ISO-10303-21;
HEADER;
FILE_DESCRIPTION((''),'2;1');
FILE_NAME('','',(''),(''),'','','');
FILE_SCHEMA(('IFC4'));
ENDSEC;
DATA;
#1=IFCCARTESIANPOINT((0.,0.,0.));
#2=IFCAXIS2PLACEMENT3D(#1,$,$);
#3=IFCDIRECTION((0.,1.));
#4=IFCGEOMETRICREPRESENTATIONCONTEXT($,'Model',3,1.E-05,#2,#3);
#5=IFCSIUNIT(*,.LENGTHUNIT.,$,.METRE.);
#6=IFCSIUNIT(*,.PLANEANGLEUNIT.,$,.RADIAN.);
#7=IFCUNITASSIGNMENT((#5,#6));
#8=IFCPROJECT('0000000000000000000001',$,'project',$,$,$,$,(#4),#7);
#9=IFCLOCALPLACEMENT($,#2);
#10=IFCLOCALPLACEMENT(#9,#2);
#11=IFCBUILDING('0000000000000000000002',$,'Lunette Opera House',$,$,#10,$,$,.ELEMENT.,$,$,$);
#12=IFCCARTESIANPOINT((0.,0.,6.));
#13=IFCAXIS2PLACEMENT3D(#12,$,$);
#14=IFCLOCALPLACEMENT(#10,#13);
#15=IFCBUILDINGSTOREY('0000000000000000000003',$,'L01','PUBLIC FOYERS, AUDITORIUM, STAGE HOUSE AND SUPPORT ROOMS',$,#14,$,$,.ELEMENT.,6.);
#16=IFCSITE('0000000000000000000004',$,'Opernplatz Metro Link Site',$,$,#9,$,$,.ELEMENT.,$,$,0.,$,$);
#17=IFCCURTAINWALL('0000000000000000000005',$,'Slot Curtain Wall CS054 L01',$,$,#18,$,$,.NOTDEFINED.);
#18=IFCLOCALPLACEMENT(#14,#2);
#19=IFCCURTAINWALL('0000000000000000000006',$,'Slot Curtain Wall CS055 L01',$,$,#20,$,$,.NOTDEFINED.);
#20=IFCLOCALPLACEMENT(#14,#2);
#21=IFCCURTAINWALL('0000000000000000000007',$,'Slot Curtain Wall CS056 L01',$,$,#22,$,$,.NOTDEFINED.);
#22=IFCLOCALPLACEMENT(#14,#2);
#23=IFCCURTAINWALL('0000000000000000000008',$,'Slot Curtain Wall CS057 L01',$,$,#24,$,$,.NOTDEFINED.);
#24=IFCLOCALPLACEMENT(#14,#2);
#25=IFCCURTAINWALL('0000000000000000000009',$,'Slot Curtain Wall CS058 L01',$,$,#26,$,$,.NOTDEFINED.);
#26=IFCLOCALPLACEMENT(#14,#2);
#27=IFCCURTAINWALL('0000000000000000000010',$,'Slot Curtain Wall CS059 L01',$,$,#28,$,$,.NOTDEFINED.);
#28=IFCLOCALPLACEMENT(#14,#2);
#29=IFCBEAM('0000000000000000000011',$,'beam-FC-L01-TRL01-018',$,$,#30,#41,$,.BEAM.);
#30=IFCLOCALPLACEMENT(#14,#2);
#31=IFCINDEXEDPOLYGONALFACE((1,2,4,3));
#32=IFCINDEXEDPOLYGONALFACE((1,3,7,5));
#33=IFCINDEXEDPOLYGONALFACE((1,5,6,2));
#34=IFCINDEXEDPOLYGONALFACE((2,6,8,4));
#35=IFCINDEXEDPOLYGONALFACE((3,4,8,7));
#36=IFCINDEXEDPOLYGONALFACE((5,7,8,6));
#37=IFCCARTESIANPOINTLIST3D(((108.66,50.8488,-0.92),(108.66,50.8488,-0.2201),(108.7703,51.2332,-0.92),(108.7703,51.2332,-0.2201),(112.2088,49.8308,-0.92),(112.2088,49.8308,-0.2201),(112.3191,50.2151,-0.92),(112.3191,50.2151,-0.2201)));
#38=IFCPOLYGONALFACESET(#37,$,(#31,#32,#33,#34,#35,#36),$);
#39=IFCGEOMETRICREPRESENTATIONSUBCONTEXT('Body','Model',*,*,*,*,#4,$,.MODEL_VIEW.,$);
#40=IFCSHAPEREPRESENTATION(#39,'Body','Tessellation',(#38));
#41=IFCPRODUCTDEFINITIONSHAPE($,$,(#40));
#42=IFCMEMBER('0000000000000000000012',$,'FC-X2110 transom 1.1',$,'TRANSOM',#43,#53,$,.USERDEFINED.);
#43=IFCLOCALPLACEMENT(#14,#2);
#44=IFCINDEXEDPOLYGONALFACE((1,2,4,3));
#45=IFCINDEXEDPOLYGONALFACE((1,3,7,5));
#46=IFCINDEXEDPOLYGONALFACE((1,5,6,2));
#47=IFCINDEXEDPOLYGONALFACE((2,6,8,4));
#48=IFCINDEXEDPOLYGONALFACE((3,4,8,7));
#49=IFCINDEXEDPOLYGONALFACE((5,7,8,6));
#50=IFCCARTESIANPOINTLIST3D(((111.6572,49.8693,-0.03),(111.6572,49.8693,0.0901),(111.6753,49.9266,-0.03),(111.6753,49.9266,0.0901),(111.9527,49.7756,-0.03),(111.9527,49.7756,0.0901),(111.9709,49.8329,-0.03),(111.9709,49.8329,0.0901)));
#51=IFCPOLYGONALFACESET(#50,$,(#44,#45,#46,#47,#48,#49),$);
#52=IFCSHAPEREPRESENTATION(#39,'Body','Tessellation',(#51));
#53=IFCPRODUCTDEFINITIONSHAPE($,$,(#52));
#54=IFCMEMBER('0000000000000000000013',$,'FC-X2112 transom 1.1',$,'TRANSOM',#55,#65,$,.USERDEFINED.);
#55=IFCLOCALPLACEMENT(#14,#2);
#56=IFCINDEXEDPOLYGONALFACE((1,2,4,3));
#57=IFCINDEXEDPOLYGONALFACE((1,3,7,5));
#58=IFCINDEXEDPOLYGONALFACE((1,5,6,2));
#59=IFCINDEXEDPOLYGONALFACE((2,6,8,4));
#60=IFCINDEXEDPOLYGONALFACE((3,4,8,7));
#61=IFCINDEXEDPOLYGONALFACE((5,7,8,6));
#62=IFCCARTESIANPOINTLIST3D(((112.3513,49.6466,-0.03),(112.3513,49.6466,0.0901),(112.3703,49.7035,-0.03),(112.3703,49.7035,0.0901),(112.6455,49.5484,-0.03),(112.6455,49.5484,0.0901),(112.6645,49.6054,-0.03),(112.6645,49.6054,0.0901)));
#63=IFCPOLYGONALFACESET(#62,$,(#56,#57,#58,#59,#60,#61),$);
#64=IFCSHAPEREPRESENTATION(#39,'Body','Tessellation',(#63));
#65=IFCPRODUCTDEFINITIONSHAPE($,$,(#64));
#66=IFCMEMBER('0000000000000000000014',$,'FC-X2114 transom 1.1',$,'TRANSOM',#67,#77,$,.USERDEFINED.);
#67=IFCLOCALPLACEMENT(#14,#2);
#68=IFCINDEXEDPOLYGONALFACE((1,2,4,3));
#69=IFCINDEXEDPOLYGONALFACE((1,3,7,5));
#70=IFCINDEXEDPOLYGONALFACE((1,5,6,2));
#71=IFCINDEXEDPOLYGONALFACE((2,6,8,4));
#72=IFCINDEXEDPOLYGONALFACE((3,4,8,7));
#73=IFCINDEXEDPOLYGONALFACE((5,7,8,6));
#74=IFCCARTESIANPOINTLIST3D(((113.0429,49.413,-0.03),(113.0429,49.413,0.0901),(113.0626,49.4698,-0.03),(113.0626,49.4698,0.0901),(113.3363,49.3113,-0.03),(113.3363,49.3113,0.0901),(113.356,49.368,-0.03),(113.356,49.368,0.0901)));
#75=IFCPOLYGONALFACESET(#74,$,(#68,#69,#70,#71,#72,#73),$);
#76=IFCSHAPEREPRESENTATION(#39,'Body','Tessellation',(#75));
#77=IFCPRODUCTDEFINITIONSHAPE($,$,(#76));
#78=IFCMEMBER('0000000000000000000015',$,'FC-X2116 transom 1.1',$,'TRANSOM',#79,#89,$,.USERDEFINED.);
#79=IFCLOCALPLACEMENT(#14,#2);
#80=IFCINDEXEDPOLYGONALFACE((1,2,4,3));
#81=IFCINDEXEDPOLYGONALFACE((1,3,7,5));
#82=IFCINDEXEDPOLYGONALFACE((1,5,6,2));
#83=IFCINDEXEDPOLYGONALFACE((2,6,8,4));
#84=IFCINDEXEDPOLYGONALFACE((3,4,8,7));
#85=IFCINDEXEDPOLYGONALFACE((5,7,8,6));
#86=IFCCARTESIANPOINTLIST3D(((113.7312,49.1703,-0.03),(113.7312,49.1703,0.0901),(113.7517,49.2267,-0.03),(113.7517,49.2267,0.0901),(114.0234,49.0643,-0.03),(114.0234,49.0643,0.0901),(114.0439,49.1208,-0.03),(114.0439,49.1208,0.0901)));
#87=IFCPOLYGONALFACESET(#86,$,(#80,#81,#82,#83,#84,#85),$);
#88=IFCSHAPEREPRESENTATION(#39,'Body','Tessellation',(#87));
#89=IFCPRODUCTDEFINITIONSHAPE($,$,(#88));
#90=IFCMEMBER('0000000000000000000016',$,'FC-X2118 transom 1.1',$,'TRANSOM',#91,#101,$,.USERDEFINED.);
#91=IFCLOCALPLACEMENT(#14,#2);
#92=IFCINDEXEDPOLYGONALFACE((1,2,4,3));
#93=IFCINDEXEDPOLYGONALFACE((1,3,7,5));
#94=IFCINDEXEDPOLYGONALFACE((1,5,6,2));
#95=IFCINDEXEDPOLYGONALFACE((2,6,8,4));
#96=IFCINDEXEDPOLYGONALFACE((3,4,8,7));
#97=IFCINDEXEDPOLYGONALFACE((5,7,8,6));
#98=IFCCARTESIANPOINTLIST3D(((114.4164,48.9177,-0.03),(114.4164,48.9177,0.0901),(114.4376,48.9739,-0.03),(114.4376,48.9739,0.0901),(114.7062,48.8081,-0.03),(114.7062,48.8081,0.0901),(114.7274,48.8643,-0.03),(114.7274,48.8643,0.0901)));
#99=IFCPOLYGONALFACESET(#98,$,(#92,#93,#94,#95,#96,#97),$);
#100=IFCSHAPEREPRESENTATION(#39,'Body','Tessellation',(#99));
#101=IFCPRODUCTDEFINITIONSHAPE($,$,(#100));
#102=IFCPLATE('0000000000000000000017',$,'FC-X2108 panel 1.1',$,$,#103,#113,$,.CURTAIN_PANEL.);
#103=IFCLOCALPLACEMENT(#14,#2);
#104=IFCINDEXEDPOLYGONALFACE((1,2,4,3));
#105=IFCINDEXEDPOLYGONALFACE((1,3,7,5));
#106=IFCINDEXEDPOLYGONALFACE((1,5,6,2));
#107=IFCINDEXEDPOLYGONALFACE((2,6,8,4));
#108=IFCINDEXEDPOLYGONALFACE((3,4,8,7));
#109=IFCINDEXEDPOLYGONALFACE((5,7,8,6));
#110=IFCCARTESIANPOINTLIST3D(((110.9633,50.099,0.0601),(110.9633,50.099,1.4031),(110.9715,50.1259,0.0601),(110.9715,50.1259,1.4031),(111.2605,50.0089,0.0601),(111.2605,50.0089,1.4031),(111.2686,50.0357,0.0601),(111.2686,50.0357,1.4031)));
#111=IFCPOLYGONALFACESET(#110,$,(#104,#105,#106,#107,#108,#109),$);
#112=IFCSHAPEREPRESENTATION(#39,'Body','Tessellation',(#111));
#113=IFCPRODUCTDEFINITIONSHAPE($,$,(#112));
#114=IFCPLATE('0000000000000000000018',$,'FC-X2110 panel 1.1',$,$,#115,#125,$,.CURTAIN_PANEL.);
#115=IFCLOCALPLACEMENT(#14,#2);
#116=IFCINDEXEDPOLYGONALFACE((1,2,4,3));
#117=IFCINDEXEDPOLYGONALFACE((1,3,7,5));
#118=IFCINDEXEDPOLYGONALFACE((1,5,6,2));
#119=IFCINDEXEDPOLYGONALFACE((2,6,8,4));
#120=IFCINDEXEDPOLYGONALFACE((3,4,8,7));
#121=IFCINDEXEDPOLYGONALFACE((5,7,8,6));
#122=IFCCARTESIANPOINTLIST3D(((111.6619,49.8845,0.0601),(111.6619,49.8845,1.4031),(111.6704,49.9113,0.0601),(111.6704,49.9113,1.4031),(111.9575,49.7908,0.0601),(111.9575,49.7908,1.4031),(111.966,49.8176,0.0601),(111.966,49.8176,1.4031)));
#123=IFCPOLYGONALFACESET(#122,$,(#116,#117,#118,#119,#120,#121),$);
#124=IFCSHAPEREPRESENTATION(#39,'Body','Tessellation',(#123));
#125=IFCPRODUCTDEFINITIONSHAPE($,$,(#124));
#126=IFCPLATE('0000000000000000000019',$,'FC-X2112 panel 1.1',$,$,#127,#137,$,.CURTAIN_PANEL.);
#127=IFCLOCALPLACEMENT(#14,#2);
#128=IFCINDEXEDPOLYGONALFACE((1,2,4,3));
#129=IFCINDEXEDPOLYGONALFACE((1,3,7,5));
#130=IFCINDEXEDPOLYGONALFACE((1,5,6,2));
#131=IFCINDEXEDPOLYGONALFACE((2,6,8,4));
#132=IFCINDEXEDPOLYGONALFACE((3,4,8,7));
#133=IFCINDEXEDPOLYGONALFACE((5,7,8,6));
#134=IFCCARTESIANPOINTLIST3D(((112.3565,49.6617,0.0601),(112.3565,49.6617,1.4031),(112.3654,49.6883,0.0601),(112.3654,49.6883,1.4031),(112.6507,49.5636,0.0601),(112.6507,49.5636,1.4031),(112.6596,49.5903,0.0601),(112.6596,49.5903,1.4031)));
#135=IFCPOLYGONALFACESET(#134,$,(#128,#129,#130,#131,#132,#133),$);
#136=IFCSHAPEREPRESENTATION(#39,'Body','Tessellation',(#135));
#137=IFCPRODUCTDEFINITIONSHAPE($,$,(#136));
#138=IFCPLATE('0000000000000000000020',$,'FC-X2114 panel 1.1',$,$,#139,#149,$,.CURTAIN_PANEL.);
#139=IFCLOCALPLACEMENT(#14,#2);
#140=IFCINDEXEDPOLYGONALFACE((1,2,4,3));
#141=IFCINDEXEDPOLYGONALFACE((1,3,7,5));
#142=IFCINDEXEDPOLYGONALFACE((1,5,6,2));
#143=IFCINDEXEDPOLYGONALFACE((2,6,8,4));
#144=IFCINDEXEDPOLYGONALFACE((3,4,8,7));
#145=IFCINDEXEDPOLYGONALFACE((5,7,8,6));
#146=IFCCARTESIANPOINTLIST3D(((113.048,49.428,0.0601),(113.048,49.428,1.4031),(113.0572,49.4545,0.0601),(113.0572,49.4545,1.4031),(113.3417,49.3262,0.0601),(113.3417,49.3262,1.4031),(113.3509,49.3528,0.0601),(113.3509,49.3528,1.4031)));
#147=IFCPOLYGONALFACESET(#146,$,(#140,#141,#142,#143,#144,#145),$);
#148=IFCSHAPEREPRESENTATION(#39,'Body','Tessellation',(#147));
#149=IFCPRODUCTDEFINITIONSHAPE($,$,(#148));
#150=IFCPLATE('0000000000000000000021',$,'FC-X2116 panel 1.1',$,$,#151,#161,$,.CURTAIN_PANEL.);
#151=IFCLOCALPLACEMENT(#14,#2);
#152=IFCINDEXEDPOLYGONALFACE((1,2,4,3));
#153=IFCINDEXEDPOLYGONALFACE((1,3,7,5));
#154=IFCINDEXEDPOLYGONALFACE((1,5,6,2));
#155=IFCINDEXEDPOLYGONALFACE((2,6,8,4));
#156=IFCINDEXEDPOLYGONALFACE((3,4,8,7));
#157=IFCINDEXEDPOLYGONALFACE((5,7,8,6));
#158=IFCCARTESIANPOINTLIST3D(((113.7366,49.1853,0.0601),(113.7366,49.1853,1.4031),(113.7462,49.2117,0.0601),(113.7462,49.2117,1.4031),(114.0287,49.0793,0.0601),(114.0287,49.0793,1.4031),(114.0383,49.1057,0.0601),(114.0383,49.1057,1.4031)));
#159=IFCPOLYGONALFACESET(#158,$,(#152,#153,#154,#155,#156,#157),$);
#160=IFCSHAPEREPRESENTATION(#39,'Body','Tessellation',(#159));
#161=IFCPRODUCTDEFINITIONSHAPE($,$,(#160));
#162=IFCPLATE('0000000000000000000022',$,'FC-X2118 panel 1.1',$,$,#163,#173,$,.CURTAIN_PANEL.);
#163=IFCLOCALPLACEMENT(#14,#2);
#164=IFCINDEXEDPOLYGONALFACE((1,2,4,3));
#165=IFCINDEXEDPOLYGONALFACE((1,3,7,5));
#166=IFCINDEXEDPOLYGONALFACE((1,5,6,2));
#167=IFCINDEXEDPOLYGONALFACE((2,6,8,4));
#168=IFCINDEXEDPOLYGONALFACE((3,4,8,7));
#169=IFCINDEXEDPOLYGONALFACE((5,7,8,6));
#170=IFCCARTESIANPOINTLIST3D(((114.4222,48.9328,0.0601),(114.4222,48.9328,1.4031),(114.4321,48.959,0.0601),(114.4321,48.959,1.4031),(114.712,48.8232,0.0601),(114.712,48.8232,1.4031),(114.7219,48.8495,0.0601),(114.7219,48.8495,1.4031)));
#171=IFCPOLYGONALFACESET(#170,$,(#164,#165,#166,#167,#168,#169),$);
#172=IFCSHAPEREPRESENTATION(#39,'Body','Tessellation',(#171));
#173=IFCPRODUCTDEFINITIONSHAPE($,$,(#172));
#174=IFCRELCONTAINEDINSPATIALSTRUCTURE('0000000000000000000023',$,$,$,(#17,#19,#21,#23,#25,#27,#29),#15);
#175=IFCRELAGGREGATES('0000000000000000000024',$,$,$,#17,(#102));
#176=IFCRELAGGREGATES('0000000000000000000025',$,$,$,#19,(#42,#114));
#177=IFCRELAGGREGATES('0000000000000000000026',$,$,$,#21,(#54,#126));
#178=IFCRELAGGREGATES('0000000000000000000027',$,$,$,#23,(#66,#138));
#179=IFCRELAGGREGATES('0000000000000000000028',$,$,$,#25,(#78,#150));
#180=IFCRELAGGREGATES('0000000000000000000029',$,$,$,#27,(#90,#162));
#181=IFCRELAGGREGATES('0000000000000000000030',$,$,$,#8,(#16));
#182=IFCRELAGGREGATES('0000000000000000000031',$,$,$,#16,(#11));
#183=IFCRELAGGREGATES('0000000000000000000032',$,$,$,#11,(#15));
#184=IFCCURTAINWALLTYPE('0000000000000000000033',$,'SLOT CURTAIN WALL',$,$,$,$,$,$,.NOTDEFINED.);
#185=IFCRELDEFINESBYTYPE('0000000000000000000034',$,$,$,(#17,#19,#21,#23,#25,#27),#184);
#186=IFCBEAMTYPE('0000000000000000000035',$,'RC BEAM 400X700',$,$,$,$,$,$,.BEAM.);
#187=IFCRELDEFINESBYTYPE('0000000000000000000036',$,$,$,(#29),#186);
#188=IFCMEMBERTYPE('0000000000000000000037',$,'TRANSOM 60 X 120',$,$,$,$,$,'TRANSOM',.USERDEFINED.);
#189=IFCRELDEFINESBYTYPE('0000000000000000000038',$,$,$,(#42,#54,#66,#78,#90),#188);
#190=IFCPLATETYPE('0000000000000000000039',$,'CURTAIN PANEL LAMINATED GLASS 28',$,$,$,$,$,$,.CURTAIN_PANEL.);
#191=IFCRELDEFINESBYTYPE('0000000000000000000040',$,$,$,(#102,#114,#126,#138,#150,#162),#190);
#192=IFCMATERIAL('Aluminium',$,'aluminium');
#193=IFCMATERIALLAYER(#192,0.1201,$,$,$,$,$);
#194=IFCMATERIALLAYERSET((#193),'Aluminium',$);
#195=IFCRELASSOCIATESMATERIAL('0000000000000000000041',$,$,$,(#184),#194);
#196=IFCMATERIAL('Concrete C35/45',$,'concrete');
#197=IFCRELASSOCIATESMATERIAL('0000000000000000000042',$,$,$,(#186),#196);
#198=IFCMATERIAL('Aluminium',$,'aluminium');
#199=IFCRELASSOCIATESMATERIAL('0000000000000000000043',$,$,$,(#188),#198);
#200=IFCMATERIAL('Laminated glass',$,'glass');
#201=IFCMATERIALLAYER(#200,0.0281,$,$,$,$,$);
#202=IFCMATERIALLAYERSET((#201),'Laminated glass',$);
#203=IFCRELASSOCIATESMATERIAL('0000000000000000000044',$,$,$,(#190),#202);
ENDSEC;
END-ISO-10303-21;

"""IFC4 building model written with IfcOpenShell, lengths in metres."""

from ifc_helpers import new_model, si_unit, direction, frame, origin, origin_2d, place, context, subcontext, project, spatial, rectangle, extrude, material, layer, layer_set, material_profile, profile_set, type_object, element, aggregate, save


model = new_model("IFC4")

# Units and contexts
model_context = context("Model", 3, precision=1e-05, world=origin(), true_north=direction((0.0, 1.0)))
body_context = subcontext(model_context, "Body", "Model", "MODEL_VIEW")
ifc_project = project(units=[si_unit("LENGTHUNIT", "METRE"), si_unit("PLANEANGLEUNIT", "RADIAN")], contexts=[model_context])

# Site, building, storey
site_placement = place(None, origin())
site = spatial("IfcSite", under=ifc_project, at=site_placement, Name="Opernplatz Metro Link Site", CompositionType="ELEMENT", RefElevation=0.0)
building_placement = place(site_placement, origin())
building = spatial("IfcBuilding", under=site, at=building_placement, Name="Lunette Opera House", CompositionType="ELEMENT")
storey_placement = place(building_placement, frame((0.0, 0.0, 6.0)))
storey = spatial("IfcBuildingStorey", under=building, at=storey_placement, Name="L01", Description="PUBLIC FOYERS, AUDITORIUM, STAGE HOUSE AND SUPPORT ROOMS", CompositionType="ELEMENT", Elevation=6.0)

# Curtain wall
ifc_material_1 = material(Name="Aluminium", Category="aluminium")
ifc_layer_1 = layer(ifc_material_1, 0.1201)
ifc_layer_set_1 = layer_set([ifc_layer_1], Name="Aluminium")
curtain_wall_type = type_object("IfcCurtainWallType", Name="SLOT CURTAIN WALL", PredefinedType="NOTDEFINED", material=ifc_layer_set_1)
curtain_wall_1_placement = place(storey_placement, origin())
curtain_wall_1 = element("IfcCurtainWall", 1, at=curtain_wall_1_placement, inside=storey, type_object=curtain_wall_type, Name="Slot Curtain Wall CS054 L01", PredefinedType="NOTDEFINED")

# Curtain walls
curtain_wall_2_placement = place(storey_placement, origin())
curtain_wall_2 = element("IfcCurtainWall", 2, at=curtain_wall_2_placement, inside=storey, type_object=curtain_wall_type, Name="Slot Curtain Wall CS055 L01", PredefinedType="NOTDEFINED")
curtain_wall_3_placement = place(storey_placement, origin())
curtain_wall_3 = element("IfcCurtainWall", 3, at=curtain_wall_3_placement, inside=storey, type_object=curtain_wall_type, Name="Slot Curtain Wall CS056 L01", PredefinedType="NOTDEFINED")
curtain_wall_4_placement = place(storey_placement, origin())
curtain_wall_4 = element("IfcCurtainWall", 4, at=curtain_wall_4_placement, inside=storey, type_object=curtain_wall_type, Name="Slot Curtain Wall CS057 L01", PredefinedType="NOTDEFINED")
curtain_wall_5_placement = place(storey_placement, origin())
curtain_wall_5 = element("IfcCurtainWall", 5, at=curtain_wall_5_placement, inside=storey, type_object=curtain_wall_type, Name="Slot Curtain Wall CS058 L01", PredefinedType="NOTDEFINED")

# Curtain wall
curtain_wall_6_placement = place(storey_placement, origin())
curtain_wall_6 = element("IfcCurtainWall", 6, at=curtain_wall_6_placement, inside=storey, type_object=curtain_wall_type, Name="Slot Curtain Wall CS059 L01", PredefinedType="NOTDEFINED")

# Beam
ifc_material_2 = material(Name="Concrete C35/45", Category="concrete")
ifc_material_profile_1 = material_profile(ifc_material_2, rectangle(XDim=0.3999, YDim=0.7, at=origin_2d()), Name="RC BEAM 400X700")
ifc_profile_set_1 = profile_set([ifc_material_profile_1], Name="Concrete C35/45")
beam_type = type_object("IfcBeamType", Name="RC BEAM 400X700", PredefinedType="BEAM", material=ifc_profile_set_1)
beam_placement = place(storey_placement, frame((112.2639, 50.0229, -0.5701), z_axis=(-0.961229, 0.275752, 0.0), x_axis=(-0.275752, -0.961229, 0.0)))
element("IfcBeam", 7, at=beam_placement, inside=storey, type_object=beam_type, Name="beam-FC-L01-TRL01-018", PredefinedType="BEAM", context=body_context, shape_type="SweptSolid", body=[
    extrude(rectangle(XDim=0.3999, YDim=0.7, at=origin_2d()), origin(), (0.0, 0.0, 1.0), 3.6919),
])

# Members
ifc_material_3 = material(Name="Aluminium", Category="aluminium")
ifc_material_profile_2 = material_profile(ifc_material_3, rectangle(XDim=0.0601, YDim=0.1201, at=origin_2d()), Name="TRANSOM 60 X 120")
ifc_profile_set_2 = profile_set([ifc_material_profile_2], Name="Aluminium")
member_type_1 = type_object("IfcMemberType", Name="TRANSOM 60 X 120", ElementType="TRANSOM", PredefinedType="USERDEFINED", material=ifc_profile_set_2)
member_1_placement = place(storey_placement, frame((111.6663, 49.8979, 0.03), z_axis=(0.953225, -0.302261, 0.0), x_axis=(0.302261, 0.953225, 0.0)))
member_1 = element("IfcMember", 8, at=member_1_placement, type_object=member_type_1, Name="FC-X2110 transom 1.1", ObjectType="TRANSOM", PredefinedType="USERDEFINED", context=body_context, shape_type="SweptSolid", body=[
    extrude(rectangle(XDim=0.0601, YDim=0.1201, at=origin_2d()), origin(), (0.0, 0.0, 1.0), 0.3101),
])
member_2_placement = place(storey_placement, frame((112.3608, 49.675, 0.03), z_axis=(0.948605, -0.316464, 0.0), x_axis=(0.316464, 0.948605, 0.0)))
member_2 = element("IfcMember", 9, at=member_2_placement, type_object=member_type_1, Name="FC-X2112 transom 1.1", ObjectType="TRANSOM", PredefinedType="USERDEFINED", context=body_context, shape_type="SweptSolid", body=[
    extrude(rectangle(XDim=0.0601, YDim=0.1201, at=origin_2d()), origin(), (0.0, 0.0, 1.0), 0.3101),
])
member_3_placement = place(storey_placement, frame((113.0527, 49.4414, 0.03), z_axis=(0.944762, -0.327758, 0.0), x_axis=(0.327758, 0.944762, 0.0)))
member_3 = element("IfcMember", 10, at=member_3_placement, type_object=member_type_1, Name="FC-X2114 transom 1.1", ObjectType="TRANSOM", PredefinedType="USERDEFINED", context=body_context, shape_type="SweptSolid", body=[
    extrude(rectangle(XDim=0.0601, YDim=0.1201, at=origin_2d()), origin(), (0.0, 0.0, 1.0), 0.3105),
])
member_4_placement = place(storey_placement, frame((113.7415, 49.1985, 0.03), z_axis=(0.940114, -0.34086, 0.0), x_axis=(0.34086, 0.940114, 0.0)))
member_4 = element("IfcMember", 11, at=member_4_placement, type_object=member_type_1, Name="FC-X2116 transom 1.1", ObjectType="TRANSOM", PredefinedType="USERDEFINED", context=body_context, shape_type="SweptSolid", body=[
    extrude(rectangle(XDim=0.0601, YDim=0.1201, at=origin_2d()), origin(), (0.0, 0.0, 1.0), 0.3108),
])
member_5_placement = place(storey_placement, frame((114.427, 48.9458, 0.03), z_axis=(0.935321, -0.353799, 0.0), x_axis=(0.353799, 0.935321, 0.0)))
member_5 = element("IfcMember", 12, at=member_5_placement, type_object=member_type_1, Name="FC-X2118 transom 1.1", ObjectType="TRANSOM", PredefinedType="USERDEFINED", context=body_context, shape_type="SweptSolid", body=[
    extrude(rectangle(XDim=0.0601, YDim=0.1201, at=origin_2d()), origin(), (0.0, 0.0, 1.0), 0.3098),
])

# Plates
ifc_material_4 = material(Name="Laminated glass", Category="glass")
ifc_layer_2 = layer(ifc_material_4, 0.0281)
ifc_layer_set_2 = layer_set([ifc_layer_2], Name="Laminated glass")
plate_type = type_object("IfcPlateType", Name="CURTAIN PANEL LAMINATED GLASS 28", PredefinedType="CURTAIN_PANEL", material=ifc_layer_set_2)
plate_1_placement = place(storey_placement, frame((111.116, 50.0674, 0.0601), z_axis=(0.0, 0.0, 1.0), x_axis=(0.956927, -0.29033, 0.0)))
plate_1 = element("IfcPlate", 13, at=plate_1_placement, type_object=plate_type, Name="FC-X2108 panel 1.1", PredefinedType="CURTAIN_PANEL", context=body_context, shape_type="SweptSolid", body=[
    extrude(rectangle(XDim=0.3105, YDim=0.0281, at=origin_2d()), origin(), (0.0, 0.0, 1.0), 1.343),
])
aggregate(curtain_wall_1, [plate_1])
plate_2_placement = place(storey_placement, frame((111.814, 49.8511, 0.0601), z_axis=(0.0, 0.0, 1.0), x_axis=(0.953231, -0.302244, 0.0)))
plate_2 = element("IfcPlate", 14, at=plate_2_placement, type_object=plate_type, Name="FC-X2110 panel 1.1", PredefinedType="CURTAIN_PANEL", context=body_context, shape_type="SweptSolid", body=[
    extrude(rectangle(XDim=0.3101, YDim=0.0281, at=origin_2d()), origin(), (0.0, 0.0, 1.0), 1.343),
])
aggregate(curtain_wall_2, [member_1, plate_2])
plate_3_placement = place(storey_placement, frame((112.5081, 49.626, 0.0601), z_axis=(0.0, 0.0, 1.0), x_axis=(0.948683, -0.316228, 0.0)))
plate_3 = element("IfcPlate", 15, at=plate_3_placement, type_object=plate_type, Name="FC-X2112 panel 1.1", PredefinedType="CURTAIN_PANEL", context=body_context, shape_type="SweptSolid", body=[
    extrude(rectangle(XDim=0.3101, YDim=0.0281, at=origin_2d()), origin(), (0.0, 0.0, 1.0), 1.343),
])
aggregate(curtain_wall_3, [member_2, plate_3])
plate_4_placement = place(storey_placement, frame((113.1995, 49.3904, 0.0601), z_axis=(0.0, 0.0, 1.0), x_axis=(0.944903, -0.32735, 0.0)))
plate_4 = element("IfcPlate", 16, at=plate_4_placement, type_object=plate_type, Name="FC-X2114 panel 1.1", PredefinedType="CURTAIN_PANEL", context=body_context, shape_type="SweptSolid", body=[
    extrude(rectangle(XDim=0.3108, YDim=0.0281, at=origin_2d()), origin(), (0.0, 0.0, 1.0), 1.343),
])
aggregate(curtain_wall_4, [member_3, plate_4])
plate_5_placement = place(storey_placement, frame((113.8875, 49.1455, 0.0601), z_axis=(0.0, 0.0, 1.0), x_axis=(0.939997, -0.341184, 0.0)))
plate_5 = element("IfcPlate", 17, at=plate_5_placement, type_object=plate_type, Name="FC-X2116 panel 1.1", PredefinedType="CURTAIN_PANEL", context=body_context, shape_type="SweptSolid", body=[
    extrude(rectangle(XDim=0.3108, YDim=0.0281, at=origin_2d()), origin(), (0.0, 0.0, 1.0), 1.343),
])
aggregate(curtain_wall_5, [member_4, plate_5])
plate_6_placement = place(storey_placement, frame((114.572, 48.8911, 0.0601), z_axis=(0.0, 0.0, 1.0), x_axis=(0.935369, -0.353672, 0.0)))
plate_6 = element("IfcPlate", 18, at=plate_6_placement, type_object=plate_type, Name="FC-X2118 panel 1.1", PredefinedType="CURTAIN_PANEL", context=body_context, shape_type="SweptSolid", body=[
    extrude(rectangle(XDim=0.3098, YDim=0.0281, at=origin_2d()), origin(), (0.0, 0.0, 1.0), 1.343),
])
aggregate(curtain_wall_6, [member_5, plate_6])

save(model, "model.ifc")
